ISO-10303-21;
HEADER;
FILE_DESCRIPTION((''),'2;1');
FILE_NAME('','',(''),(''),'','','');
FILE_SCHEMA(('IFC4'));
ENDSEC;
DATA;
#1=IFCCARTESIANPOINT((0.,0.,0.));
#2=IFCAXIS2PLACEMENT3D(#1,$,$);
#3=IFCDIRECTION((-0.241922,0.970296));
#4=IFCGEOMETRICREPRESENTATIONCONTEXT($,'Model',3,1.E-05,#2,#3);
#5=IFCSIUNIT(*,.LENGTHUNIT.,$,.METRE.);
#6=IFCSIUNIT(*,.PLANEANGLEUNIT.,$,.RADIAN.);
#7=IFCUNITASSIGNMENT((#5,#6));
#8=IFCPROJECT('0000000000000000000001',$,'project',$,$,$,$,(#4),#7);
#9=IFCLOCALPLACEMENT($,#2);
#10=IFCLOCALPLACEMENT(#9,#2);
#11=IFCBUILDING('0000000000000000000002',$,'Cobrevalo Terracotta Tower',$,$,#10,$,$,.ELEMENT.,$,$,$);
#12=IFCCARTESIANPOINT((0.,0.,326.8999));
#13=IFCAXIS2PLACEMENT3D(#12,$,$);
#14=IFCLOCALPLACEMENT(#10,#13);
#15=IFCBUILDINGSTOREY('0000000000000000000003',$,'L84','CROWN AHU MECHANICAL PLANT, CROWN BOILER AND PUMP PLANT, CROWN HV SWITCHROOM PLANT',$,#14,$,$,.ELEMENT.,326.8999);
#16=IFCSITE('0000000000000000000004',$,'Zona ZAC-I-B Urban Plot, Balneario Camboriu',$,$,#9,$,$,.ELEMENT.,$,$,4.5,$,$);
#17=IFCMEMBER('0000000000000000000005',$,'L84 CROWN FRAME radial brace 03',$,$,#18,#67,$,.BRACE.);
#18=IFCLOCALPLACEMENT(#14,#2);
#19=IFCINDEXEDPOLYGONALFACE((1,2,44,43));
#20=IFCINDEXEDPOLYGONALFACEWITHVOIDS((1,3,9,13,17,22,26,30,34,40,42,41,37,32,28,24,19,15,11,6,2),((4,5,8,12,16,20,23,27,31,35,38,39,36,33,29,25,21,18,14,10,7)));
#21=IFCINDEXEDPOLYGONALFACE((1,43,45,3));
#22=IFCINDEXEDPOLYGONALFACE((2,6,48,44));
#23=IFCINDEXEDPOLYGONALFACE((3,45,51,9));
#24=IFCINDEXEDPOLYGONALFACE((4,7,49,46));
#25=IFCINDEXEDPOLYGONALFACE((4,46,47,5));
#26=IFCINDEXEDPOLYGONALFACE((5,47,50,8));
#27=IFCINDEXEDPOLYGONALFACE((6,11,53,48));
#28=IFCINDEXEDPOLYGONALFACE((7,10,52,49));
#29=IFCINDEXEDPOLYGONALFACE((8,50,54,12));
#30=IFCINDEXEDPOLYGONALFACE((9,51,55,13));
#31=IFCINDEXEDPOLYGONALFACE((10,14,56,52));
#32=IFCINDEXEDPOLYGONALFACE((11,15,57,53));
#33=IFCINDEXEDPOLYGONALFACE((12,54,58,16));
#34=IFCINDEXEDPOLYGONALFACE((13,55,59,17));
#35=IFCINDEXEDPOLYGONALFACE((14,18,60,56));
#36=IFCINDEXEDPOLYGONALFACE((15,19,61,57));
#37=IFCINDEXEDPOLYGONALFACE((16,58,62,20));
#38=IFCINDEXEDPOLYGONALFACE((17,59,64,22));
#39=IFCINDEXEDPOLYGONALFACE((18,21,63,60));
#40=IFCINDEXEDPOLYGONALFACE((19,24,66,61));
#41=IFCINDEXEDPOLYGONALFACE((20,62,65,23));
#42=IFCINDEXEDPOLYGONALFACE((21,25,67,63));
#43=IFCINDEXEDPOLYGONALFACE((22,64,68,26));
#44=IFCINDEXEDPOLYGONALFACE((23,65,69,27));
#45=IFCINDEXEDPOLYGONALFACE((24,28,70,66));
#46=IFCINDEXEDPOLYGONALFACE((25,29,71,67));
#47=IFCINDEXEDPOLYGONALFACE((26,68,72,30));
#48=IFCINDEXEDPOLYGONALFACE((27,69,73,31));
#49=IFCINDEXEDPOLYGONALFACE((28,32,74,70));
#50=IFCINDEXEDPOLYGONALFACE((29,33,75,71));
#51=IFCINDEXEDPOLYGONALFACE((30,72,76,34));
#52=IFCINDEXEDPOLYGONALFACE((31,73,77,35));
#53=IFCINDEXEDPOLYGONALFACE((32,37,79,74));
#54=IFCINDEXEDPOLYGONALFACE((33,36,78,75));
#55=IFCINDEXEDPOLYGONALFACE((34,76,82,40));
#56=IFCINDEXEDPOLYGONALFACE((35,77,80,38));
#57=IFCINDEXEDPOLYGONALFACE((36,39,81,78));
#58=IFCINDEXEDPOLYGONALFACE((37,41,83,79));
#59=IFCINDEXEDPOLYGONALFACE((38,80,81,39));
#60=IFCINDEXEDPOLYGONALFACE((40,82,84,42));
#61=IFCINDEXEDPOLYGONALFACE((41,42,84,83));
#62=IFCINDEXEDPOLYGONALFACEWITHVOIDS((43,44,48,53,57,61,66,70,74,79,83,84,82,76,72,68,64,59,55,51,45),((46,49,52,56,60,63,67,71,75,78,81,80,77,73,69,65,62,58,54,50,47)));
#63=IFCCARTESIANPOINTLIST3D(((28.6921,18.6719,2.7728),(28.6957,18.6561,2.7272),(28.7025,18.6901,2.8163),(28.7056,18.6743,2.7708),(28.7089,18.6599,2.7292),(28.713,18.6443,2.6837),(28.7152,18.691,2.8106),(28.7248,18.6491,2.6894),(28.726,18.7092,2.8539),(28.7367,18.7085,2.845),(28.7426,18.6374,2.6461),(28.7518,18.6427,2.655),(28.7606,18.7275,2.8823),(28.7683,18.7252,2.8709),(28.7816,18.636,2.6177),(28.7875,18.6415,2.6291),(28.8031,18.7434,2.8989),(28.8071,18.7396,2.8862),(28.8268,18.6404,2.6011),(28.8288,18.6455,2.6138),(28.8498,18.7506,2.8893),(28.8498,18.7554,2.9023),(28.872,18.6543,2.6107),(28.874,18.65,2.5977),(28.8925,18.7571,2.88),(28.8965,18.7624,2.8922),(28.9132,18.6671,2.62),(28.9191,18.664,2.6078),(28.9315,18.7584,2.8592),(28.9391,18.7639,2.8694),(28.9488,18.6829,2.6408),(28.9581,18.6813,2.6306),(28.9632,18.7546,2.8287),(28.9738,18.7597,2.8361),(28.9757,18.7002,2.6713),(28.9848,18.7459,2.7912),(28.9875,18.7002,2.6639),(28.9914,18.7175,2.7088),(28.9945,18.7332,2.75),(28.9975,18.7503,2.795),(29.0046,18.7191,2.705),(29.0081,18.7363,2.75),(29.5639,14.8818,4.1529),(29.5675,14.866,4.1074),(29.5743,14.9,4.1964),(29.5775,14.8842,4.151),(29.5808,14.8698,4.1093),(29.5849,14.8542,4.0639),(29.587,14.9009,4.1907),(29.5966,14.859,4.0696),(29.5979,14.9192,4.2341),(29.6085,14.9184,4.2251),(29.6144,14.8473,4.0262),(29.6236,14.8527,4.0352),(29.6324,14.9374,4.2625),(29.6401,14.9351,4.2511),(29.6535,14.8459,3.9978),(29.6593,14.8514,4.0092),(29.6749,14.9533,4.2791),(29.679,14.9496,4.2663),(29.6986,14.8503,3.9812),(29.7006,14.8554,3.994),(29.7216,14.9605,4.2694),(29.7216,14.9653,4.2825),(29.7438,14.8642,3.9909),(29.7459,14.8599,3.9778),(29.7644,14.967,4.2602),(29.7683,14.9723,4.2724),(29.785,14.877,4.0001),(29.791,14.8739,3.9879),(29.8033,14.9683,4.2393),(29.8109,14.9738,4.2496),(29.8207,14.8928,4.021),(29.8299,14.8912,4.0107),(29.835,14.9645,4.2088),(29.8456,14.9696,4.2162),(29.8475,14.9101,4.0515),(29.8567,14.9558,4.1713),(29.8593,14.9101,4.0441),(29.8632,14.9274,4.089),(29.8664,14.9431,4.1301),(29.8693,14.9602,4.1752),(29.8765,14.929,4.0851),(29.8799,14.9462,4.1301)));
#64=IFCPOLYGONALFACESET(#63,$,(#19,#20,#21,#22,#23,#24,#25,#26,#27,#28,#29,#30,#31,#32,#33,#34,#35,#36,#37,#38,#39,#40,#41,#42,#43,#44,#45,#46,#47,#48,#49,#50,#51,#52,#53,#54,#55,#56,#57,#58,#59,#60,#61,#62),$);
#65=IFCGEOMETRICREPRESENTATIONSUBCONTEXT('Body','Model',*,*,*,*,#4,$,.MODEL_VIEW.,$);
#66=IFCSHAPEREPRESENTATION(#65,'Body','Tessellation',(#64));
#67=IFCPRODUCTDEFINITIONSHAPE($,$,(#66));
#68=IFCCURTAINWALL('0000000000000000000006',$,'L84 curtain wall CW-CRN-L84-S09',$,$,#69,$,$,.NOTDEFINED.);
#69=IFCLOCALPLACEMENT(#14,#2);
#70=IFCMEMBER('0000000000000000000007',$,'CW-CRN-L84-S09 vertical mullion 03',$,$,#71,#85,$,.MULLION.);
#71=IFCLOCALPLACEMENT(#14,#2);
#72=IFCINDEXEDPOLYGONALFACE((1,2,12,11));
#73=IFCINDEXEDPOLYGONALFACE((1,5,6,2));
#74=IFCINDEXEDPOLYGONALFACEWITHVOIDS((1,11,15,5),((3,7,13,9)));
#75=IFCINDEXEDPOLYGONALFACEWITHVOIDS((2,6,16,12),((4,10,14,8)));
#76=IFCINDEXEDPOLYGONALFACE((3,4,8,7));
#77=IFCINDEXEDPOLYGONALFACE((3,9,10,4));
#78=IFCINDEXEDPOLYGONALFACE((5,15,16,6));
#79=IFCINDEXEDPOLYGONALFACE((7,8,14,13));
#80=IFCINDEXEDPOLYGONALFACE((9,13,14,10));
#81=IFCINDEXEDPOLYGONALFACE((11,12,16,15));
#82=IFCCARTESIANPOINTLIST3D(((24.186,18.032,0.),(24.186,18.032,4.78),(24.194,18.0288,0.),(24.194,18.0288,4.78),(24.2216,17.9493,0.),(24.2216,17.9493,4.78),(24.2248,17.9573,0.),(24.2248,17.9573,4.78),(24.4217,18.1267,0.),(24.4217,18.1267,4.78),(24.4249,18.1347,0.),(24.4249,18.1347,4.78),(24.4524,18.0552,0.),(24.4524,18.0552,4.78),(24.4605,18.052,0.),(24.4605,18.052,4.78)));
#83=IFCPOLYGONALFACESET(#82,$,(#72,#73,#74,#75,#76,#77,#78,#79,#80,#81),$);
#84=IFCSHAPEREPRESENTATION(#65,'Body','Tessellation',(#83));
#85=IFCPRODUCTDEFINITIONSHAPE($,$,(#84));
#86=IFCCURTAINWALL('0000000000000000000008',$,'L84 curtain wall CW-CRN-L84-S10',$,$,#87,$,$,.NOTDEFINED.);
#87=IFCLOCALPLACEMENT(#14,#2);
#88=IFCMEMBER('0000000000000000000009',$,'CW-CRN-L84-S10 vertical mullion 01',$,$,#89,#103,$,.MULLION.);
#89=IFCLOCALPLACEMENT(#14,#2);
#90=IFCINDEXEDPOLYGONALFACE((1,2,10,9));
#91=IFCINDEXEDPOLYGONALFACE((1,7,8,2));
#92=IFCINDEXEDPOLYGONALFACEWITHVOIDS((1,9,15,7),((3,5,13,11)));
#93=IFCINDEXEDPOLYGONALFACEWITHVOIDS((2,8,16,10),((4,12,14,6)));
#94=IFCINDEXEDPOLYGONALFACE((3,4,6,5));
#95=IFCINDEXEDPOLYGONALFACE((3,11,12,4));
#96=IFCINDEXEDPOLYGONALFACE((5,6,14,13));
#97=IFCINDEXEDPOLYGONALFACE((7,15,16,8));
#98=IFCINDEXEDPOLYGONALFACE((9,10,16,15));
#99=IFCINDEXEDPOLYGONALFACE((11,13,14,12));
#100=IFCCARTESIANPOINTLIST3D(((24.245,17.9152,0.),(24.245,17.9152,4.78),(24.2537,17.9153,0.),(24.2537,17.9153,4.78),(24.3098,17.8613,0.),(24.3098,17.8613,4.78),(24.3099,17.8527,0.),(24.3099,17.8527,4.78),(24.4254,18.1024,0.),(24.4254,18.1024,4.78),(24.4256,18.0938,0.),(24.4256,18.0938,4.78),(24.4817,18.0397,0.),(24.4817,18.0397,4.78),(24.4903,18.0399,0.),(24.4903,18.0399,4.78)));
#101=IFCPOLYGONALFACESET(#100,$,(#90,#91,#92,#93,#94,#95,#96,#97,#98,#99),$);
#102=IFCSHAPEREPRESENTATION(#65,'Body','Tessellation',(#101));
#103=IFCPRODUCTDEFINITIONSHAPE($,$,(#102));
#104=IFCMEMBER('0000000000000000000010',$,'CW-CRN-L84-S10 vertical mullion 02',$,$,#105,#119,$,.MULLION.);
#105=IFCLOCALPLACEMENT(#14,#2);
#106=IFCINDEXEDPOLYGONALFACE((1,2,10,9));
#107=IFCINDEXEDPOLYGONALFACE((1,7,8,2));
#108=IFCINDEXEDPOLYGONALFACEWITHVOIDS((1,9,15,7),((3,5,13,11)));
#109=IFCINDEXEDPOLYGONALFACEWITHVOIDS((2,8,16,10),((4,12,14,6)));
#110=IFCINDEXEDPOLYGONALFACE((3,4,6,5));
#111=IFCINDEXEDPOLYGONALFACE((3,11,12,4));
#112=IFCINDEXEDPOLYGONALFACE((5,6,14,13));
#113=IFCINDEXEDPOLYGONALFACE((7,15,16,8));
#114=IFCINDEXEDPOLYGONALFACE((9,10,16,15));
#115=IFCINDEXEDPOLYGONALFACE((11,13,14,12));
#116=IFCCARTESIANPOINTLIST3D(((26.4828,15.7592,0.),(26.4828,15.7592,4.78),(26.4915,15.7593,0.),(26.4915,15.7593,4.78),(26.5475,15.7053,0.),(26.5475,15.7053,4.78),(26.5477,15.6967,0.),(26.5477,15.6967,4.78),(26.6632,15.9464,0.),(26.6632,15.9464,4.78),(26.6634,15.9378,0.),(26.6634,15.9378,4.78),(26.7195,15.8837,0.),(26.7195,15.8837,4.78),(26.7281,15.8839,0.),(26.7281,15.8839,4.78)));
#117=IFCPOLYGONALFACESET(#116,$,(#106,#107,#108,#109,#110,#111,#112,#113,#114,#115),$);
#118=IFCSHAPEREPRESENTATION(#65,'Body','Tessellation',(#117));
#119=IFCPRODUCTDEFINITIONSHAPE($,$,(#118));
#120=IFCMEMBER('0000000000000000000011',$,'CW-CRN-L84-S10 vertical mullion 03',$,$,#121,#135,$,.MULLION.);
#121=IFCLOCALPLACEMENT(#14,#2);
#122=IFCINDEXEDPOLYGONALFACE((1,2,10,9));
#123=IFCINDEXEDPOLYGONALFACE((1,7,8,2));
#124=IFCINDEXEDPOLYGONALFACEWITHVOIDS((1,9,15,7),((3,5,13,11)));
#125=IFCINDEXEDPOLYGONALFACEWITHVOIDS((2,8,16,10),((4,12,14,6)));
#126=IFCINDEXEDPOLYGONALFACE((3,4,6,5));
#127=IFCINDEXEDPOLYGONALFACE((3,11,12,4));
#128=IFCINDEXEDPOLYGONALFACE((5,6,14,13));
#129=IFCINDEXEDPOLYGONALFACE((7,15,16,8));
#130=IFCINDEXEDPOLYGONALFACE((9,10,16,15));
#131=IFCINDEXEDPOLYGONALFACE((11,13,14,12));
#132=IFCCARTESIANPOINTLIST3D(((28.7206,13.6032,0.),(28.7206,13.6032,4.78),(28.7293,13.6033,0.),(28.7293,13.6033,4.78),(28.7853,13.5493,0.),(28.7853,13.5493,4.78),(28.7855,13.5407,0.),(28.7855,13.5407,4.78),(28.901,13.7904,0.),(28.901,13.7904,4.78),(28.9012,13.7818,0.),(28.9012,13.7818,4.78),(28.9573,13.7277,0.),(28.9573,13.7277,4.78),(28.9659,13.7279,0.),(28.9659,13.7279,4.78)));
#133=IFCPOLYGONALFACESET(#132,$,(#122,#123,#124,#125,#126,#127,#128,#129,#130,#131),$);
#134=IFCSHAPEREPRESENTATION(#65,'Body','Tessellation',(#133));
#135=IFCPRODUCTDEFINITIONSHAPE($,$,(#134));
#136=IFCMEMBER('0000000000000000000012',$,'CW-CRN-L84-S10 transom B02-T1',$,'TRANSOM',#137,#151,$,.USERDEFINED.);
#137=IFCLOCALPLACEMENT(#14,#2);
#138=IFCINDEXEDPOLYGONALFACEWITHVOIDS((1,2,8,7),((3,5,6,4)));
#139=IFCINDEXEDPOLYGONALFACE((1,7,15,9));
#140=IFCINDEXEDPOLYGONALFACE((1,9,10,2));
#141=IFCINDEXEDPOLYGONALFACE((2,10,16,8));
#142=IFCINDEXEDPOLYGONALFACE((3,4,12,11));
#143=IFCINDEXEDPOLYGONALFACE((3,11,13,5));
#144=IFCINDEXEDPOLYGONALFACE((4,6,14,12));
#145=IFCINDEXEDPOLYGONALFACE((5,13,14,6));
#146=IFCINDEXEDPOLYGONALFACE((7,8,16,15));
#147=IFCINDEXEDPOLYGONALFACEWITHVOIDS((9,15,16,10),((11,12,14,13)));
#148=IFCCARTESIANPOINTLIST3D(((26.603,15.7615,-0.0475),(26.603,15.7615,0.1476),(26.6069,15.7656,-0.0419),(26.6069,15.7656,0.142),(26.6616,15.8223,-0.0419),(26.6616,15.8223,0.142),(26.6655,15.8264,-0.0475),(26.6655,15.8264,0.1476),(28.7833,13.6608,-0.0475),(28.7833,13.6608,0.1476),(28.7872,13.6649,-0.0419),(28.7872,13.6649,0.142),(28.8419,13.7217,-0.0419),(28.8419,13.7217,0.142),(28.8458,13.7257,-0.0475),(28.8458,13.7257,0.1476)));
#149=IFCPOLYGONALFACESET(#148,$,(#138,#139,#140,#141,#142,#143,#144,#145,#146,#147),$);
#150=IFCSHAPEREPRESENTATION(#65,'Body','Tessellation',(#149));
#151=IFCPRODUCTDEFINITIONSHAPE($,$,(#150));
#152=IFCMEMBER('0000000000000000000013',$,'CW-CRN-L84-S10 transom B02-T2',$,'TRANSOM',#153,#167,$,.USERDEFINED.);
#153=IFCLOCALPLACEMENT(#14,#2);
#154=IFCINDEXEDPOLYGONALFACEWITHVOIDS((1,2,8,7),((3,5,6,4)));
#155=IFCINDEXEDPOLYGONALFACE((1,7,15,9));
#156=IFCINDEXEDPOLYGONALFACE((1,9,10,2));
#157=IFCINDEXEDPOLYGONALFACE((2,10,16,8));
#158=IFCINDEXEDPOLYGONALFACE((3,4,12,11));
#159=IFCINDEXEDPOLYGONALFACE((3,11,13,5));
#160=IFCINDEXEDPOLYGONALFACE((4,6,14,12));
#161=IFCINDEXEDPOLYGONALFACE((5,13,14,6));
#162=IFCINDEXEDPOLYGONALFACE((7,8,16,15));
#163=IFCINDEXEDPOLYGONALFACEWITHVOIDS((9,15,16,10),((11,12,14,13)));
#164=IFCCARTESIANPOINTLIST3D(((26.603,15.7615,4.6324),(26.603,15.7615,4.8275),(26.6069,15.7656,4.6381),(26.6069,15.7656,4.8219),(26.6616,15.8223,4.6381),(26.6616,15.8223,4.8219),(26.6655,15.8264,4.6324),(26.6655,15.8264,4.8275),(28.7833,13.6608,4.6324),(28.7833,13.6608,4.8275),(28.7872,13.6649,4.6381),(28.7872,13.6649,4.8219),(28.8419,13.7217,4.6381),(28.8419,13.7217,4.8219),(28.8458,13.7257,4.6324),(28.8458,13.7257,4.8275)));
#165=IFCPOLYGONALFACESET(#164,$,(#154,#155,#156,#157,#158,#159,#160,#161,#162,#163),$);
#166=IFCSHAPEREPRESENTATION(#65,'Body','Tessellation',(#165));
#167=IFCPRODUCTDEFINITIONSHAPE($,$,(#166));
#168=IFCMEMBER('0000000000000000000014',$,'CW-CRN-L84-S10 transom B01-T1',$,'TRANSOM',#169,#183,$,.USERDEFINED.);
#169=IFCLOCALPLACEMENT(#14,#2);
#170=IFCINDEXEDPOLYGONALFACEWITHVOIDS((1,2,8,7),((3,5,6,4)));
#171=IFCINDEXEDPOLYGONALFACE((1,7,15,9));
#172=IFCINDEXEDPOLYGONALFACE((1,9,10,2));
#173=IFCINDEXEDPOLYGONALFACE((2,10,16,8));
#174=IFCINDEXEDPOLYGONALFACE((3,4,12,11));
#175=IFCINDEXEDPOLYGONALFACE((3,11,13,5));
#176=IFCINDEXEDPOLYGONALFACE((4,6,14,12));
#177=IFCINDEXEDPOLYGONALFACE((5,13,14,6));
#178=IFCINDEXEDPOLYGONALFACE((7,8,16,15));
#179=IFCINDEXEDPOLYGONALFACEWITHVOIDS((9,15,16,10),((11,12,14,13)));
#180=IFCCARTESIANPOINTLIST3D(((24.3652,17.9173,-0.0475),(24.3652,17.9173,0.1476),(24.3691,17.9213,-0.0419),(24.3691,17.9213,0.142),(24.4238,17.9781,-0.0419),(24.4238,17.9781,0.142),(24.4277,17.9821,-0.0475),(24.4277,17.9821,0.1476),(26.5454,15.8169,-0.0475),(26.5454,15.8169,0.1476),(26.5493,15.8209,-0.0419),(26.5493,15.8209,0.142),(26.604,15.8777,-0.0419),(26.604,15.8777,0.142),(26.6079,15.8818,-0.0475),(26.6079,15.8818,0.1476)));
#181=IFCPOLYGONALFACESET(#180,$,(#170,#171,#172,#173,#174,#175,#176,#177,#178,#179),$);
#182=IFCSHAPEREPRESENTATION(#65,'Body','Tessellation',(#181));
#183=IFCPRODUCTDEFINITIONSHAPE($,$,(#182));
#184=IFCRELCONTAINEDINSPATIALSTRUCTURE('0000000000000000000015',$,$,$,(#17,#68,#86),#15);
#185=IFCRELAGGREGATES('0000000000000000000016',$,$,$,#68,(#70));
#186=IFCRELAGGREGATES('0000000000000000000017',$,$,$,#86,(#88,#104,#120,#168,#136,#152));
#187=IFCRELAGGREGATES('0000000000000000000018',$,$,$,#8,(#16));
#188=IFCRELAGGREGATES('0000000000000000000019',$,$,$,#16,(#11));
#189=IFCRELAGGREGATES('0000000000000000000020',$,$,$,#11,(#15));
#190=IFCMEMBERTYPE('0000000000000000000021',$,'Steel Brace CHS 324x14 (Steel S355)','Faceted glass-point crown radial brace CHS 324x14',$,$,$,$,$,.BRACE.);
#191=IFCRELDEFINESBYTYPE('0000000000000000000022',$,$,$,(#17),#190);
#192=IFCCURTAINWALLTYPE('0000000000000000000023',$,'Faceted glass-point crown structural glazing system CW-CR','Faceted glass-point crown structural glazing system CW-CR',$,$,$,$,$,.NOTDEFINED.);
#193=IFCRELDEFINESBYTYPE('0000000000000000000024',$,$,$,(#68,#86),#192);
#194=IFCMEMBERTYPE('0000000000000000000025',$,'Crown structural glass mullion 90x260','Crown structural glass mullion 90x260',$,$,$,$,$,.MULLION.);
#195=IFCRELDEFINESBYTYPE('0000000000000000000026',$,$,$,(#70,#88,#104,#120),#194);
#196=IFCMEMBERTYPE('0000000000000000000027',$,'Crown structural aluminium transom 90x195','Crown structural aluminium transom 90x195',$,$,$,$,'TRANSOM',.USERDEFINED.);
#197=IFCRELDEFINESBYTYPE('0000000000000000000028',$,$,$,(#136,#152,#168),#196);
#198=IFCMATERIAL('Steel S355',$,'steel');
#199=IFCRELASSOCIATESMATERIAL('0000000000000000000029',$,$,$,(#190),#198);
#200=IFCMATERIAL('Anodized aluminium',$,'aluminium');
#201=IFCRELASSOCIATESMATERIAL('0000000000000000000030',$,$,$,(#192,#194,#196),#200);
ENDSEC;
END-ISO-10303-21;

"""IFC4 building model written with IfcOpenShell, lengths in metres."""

from ifc_helpers import new_model, si_unit, direction, frame, origin, origin_2d, place, context, subcontext, project, spatial, hollow_rectangle, hollow_circle, extrude, source, transform, mapped, material, material_profile, profile_set, type_object, element, aggregate, save


model = new_model("IFC4")

# Units and contexts
model_context = context("Model", 3, precision=1e-05, world=origin(), true_north=direction((-0.241922, 0.970296)))
body_context = subcontext(model_context, "Body", "Model", "MODEL_VIEW")
ifc_project = project(units=[si_unit("LENGTHUNIT", "METRE"), si_unit("PLANEANGLEUNIT", "RADIAN")], contexts=[model_context])

# Site, building, storey
site_placement = place(None, origin())
site = spatial("IfcSite", under=ifc_project, at=site_placement, Name="Zona ZAC-I-B Urban Plot, Balneario Camboriu", CompositionType="ELEMENT", RefElevation=4.5)
building_placement = place(site_placement, origin())
building = spatial("IfcBuilding", under=site, at=building_placement, Name="Cobrevalo Terracotta Tower", CompositionType="ELEMENT")
storey_placement = place(building_placement, frame((0.0, 0.0, 326.8999)))
storey = spatial("IfcBuildingStorey", under=building, at=storey_placement, Name="L84", Description="CROWN AHU MECHANICAL PLANT, CROWN BOILER AND PUMP PLANT, CROWN HV SWITCHROOM PLANT", CompositionType="ELEMENT", Elevation=326.8999)

# Shared definitions
ifc_material_1 = material(Name="Steel S355", Category="steel")

# Member
ifc_material_profile_1 = material_profile(ifc_material_1, hollow_circle(Radius=0.1621, WallThickness=0.0139, at=origin_2d()), Name="CHS 324x14")
ifc_profile_set_1 = profile_set([ifc_material_profile_1], Name="Steel S355")
member_type_1 = type_object("IfcMemberType", Name="Steel Brace CHS 324x14 (Steel S355)", Description="Faceted glass-point crown radial brace CHS 324x14", PredefinedType="BRACE", material=ifc_profile_set_1)
shared_shape_1 = source(origin(), body_context, "Body", "SweptSolid", [
    extrude(hollow_circle(Radius=0.1621, WallThickness=0.0139, at=origin_2d()), origin(), (0.0, 0.0, 1.0), 4.1267),
])
member_1_placement = place(storey_placement, frame((28.8501, 18.7, 2.75), z_axis=(0.211267, -0.91843, 0.334443), x_axis=(0.974549, 0.224176, 0.0)))
element("IfcMember", 1, at=member_1_placement, inside=storey, type_object=member_type_1, Name="L84 CROWN FRAME radial brace 03", PredefinedType="BRACE", context=body_context, shape_type="MappedRepresentation", body=[
    mapped(shared_shape_1, transform((0.0, 0.0, 0.0), scale=1.0)),
])

# Curtain wall, member
ifc_material_2 = material(Name="Anodized aluminium", Category="aluminium")
curtain_wall_type = type_object("IfcCurtainWallType", Name="Faceted glass-point crown structural glazing system CW-CR", Description="Faceted glass-point crown structural glazing system CW-CR", PredefinedType="NOTDEFINED", material=ifc_material_2)
curtain_wall_1_placement = place(storey_placement, origin())
curtain_wall_1 = element("IfcCurtainWall", 2, at=curtain_wall_1_placement, inside=storey, type_object=curtain_wall_type, Name="L84 curtain wall CW-CRN-L84-S09", PredefinedType="NOTDEFINED")
ifc_material_profile_2 = material_profile(ifc_material_2, hollow_rectangle(XDim=0.0901, YDim=0.26, WallThickness=0.0061, at=origin_2d()), Name="CWM 90x260")
ifc_profile_set_2 = profile_set([ifc_material_profile_2], Name="Anodized aluminium")
member_type_2 = type_object("IfcMemberType", Name="Crown structural glass mullion 90x260", Description="Crown structural glass mullion 90x260", PredefinedType="MULLION", material=ifc_profile_set_2)
shared_shape_2 = source(origin(), body_context, "Body", "SweptSolid", [
    extrude(hollow_rectangle(XDim=0.0901, YDim=0.26, WallThickness=0.0061, at=origin_2d()), origin(), (0.0, 0.0, 1.0), 4.78),
])
member_2_placement = place(storey_placement, frame((24.3232, 18.042, 0.0), z_axis=(0.0, 0.0, 1.0), x_axis=(0.394968, -0.918695, 0.0)))
member_2 = element("IfcMember", 3, at=member_2_placement, type_object=member_type_2, Name="CW-CRN-L84-S09 vertical mullion 03", PredefinedType="MULLION", context=body_context, shape_type="MappedRepresentation", body=[
    mapped(shared_shape_2, transform((0.0, 0.0, 0.0), scale=1.0)),
])
aggregate(curtain_wall_1, [member_2])

# Curtain wall, members
curtain_wall_2_placement = place(storey_placement, origin())
curtain_wall_2 = element("IfcCurtainWall", 4, at=curtain_wall_2_placement, inside=storey, type_object=curtain_wall_type, Name="L84 curtain wall CW-CRN-L84-S10", PredefinedType="NOTDEFINED")
member_3_placement = place(storey_placement, frame((24.3677, 17.9775, 0.0), z_axis=(0.0, 0.0, 1.0), x_axis=(0.72014, -0.693829, 0.0)))
member_3 = element("IfcMember", 5, at=member_3_placement, type_object=member_type_2, Name="CW-CRN-L84-S10 vertical mullion 01", PredefinedType="MULLION", context=body_context, shape_type="MappedRepresentation", body=[
    mapped(shared_shape_2, transform((0.0, 0.0, 0.0), scale=1.0)),
])
member_4_placement = place(storey_placement, frame((26.6055, 15.8215, 0.0), z_axis=(0.0, 0.0, 1.0), x_axis=(0.72014, -0.693829, 0.0)))
member_4 = element("IfcMember", 6, at=member_4_placement, type_object=member_type_2, Name="CW-CRN-L84-S10 vertical mullion 02", PredefinedType="MULLION", context=body_context, shape_type="MappedRepresentation", body=[
    mapped(shared_shape_2, transform((0.0, 0.0, 0.0), scale=1.0)),
])
member_5_placement = place(storey_placement, frame((28.8433, 13.6655, 0.0), z_axis=(0.0, 0.0, 1.0), x_axis=(0.72014, -0.693829, 0.0)))
member_5 = element("IfcMember", 7, at=member_5_placement, type_object=member_type_2, Name="CW-CRN-L84-S10 vertical mullion 03", PredefinedType="MULLION", context=body_context, shape_type="MappedRepresentation", body=[
    mapped(shared_shape_2, transform((0.0, 0.0, 0.0), scale=1.0)),
])
ifc_material_profile_3 = material_profile(ifc_material_2, hollow_rectangle(XDim=0.0901, YDim=0.1951, WallThickness=0.0056, at=origin_2d()), Name="CWT 90x195")
ifc_profile_set_3 = profile_set([ifc_material_profile_3], Name="Anodized aluminium")
member_type_3 = type_object("IfcMemberType", Name="Crown structural aluminium transom 90x195", Description="Crown structural aluminium transom 90x195", ElementType="TRANSOM", PredefinedType="USERDEFINED", material=ifc_profile_set_3)
shared_shape_3 = source(origin(), body_context, "Body", "SweptSolid", [
    extrude(hollow_rectangle(XDim=0.0901, YDim=0.1951, WallThickness=0.0056, at=origin_2d()), origin(), (0.0, 0.0, 1.0), 3.0276),
])
member_6_placement = place(storey_placement, frame((26.6343, 15.7939, 0.05), z_axis=(0.720129, -0.69384, 0.0), x_axis=(0.69384, 0.720129, 0.0)))
member_6 = element("IfcMember", 8, at=member_6_placement, type_object=member_type_3, Name="CW-CRN-L84-S10 transom B02-T1", ObjectType="TRANSOM", PredefinedType="USERDEFINED", context=body_context, shape_type="MappedRepresentation", body=[
    mapped(shared_shape_3, transform((0.0, 0.0, 0.0), scale=1.0)),
])
member_7_placement = place(storey_placement, frame((26.6343, 15.7939, 4.73), z_axis=(0.720129, -0.69384, 0.0), x_axis=(0.69384, 0.720129, 0.0)))
member_7 = element("IfcMember", 9, at=member_7_placement, type_object=member_type_3, Name="CW-CRN-L84-S10 transom B02-T2", ObjectType="TRANSOM", PredefinedType="USERDEFINED", context=body_context, shape_type="MappedRepresentation", body=[
    mapped(shared_shape_3, transform((0.0, 0.0, 0.0), scale=1.0)),
])
shared_shape_4 = source(origin(), body_context, "Body", "SweptSolid", [
    extrude(hollow_rectangle(XDim=0.0901, YDim=0.1951, WallThickness=0.0056, at=origin_2d()), origin(), (0.0, 0.0, 1.0), 3.0273),
])
member_8_placement = place(storey_placement, frame((24.3965, 17.9497, 0.05), z_axis=(0.720169, -0.693798, 0.0), x_axis=(0.693798, 0.720169, 0.0)))
member_8 = element("IfcMember", 10, at=member_8_placement, type_object=member_type_3, Name="CW-CRN-L84-S10 transom B01-T1", ObjectType="TRANSOM", PredefinedType="USERDEFINED", context=body_context, shape_type="MappedRepresentation", body=[
    mapped(shared_shape_4, transform((0.0, 0.0, 0.0), scale=1.0)),
])

aggregate(curtain_wall_2, [member_3, member_4, member_5, member_8, member_6, member_7])

save(model, "model.ifc")
